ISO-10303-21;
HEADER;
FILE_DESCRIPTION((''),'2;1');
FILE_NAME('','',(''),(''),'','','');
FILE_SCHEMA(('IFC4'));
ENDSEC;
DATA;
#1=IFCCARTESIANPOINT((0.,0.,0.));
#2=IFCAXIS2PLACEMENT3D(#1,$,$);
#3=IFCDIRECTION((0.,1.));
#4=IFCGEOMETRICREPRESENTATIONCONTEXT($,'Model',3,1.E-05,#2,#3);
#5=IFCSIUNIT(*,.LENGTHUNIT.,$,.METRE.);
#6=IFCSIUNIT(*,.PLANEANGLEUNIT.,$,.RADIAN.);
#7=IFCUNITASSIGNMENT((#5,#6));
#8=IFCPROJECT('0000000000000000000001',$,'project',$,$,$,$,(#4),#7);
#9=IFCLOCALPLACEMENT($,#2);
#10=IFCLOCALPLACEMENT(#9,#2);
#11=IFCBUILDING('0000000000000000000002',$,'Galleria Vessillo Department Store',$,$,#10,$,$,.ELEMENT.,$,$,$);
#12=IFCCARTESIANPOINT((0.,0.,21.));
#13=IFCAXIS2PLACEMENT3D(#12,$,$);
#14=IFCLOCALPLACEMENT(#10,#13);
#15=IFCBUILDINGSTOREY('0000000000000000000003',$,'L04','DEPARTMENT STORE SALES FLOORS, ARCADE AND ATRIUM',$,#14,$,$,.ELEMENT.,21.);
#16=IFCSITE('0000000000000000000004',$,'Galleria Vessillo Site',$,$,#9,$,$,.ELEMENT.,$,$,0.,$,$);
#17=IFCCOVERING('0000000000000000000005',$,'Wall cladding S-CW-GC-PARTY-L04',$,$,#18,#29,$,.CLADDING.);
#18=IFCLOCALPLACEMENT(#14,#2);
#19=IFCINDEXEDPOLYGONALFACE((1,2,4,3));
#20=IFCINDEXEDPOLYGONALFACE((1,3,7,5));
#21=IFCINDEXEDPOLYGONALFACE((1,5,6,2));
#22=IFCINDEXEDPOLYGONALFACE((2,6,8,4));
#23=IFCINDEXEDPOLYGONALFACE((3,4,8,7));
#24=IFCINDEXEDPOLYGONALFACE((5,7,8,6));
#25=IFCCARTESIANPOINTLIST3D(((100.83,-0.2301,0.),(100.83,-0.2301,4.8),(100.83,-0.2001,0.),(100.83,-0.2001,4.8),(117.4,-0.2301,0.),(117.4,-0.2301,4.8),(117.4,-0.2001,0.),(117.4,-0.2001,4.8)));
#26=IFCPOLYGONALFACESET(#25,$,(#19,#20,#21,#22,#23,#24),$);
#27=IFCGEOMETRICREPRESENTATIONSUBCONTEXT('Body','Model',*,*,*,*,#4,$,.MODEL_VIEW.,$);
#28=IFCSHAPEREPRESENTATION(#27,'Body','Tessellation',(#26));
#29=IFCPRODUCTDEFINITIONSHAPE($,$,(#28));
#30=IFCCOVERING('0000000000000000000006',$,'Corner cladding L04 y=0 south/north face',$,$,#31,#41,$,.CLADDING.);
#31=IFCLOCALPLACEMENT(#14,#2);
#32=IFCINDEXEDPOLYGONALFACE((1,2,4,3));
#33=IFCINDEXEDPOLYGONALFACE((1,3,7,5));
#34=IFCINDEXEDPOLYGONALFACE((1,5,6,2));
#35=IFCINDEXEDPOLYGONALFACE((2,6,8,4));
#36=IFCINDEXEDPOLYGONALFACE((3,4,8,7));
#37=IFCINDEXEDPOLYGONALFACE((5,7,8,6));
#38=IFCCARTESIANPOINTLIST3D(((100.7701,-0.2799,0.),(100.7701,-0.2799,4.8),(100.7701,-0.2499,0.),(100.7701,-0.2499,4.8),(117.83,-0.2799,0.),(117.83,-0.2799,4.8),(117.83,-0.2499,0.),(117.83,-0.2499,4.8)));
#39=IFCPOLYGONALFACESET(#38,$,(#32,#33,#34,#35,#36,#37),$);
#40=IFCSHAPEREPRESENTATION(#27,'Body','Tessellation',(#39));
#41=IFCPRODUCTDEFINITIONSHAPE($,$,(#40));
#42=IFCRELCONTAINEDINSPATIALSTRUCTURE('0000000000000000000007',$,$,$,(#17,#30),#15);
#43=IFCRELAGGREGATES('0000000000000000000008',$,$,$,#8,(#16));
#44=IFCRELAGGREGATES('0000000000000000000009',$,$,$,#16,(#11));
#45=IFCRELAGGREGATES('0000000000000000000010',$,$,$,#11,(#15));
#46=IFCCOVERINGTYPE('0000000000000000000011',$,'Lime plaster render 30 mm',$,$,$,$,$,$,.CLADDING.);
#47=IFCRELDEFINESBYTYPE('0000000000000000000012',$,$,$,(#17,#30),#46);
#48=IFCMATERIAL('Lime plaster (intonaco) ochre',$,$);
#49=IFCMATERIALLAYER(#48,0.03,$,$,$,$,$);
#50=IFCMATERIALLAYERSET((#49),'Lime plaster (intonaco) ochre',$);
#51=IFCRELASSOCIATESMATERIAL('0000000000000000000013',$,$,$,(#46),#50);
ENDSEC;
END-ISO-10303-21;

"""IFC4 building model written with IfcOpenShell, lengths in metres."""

from ifc_helpers import new_model, si_unit, direction, frame, origin, origin_2d, place, context, subcontext, project, spatial, rectangle, extrude, material, layer, layer_set, type_object, element, save


model = new_model("IFC4")

# Units and contexts
model_context = context("Model", 3, precision=1e-05, world=origin(), true_north=direction((0.0, 1.0)))
body_context = subcontext(model_context, "Body", "Model", "MODEL_VIEW")
ifc_project = project(units=[si_unit("LENGTHUNIT", "METRE"), si_unit("PLANEANGLEUNIT", "RADIAN")], contexts=[model_context])

# Site, building, storey
site_placement = place(None, origin())
site = spatial("IfcSite", under=ifc_project, at=site_placement, Name="Galleria Vessillo Site", CompositionType="ELEMENT", RefElevation=0.0)
building_placement = place(site_placement, origin())
building = spatial("IfcBuilding", under=site, at=building_placement, Name="Galleria Vessillo Department Store", CompositionType="ELEMENT")
storey_placement = place(building_placement, frame((0.0, 0.0, 21.0)))
storey = spatial("IfcBuildingStorey", under=building, at=storey_placement, Name="L04", Description="DEPARTMENT STORE SALES FLOORS, ARCADE AND ATRIUM", CompositionType="ELEMENT", Elevation=21.0)

# Coverings
ifc_material_1 = material(Name="Lime plaster (intonaco) ochre")
ifc_layer_1 = layer(ifc_material_1, 0.03)
ifc_layer_set_1 = layer_set([ifc_layer_1], Name="Lime plaster (intonaco) ochre")
covering_type = type_object("IfcCoveringType", Name="Lime plaster render 30 mm", PredefinedType="CLADDING", material=ifc_layer_set_1)
covering_1_placement = place(storey_placement, frame((109.115, -0.2151, 0.0), z_axis=(0.0, 0.0, 1.0), x_axis=(1.0, 0.0, 0.0)))
element("IfcCovering", 1, at=covering_1_placement, inside=storey, type_object=covering_type, Name="Wall cladding S-CW-GC-PARTY-L04", PredefinedType="CLADDING", context=body_context, shape_type="SweptSolid", body=[
    extrude(rectangle(XDim=16.5701, YDim=0.03, at=origin_2d()), origin(), (0.0, 0.0, 1.0), 4.8),
])
covering_2_placement = place(storey_placement, frame((109.3, -0.2649, 0.0), z_axis=(0.0, 0.0, 1.0), x_axis=(1.0, 0.0, 0.0)))
element("IfcCovering", 2, at=covering_2_placement, inside=storey, type_object=covering_type, Name="Corner cladding L04 y=0 south/north face", PredefinedType="CLADDING", context=body_context, shape_type="SweptSolid", body=[
    extrude(rectangle(XDim=17.0598, YDim=0.03, at=origin_2d()), origin(), (0.0, 0.0, 1.0), 4.8),
])

save(model, "model.ifc")
